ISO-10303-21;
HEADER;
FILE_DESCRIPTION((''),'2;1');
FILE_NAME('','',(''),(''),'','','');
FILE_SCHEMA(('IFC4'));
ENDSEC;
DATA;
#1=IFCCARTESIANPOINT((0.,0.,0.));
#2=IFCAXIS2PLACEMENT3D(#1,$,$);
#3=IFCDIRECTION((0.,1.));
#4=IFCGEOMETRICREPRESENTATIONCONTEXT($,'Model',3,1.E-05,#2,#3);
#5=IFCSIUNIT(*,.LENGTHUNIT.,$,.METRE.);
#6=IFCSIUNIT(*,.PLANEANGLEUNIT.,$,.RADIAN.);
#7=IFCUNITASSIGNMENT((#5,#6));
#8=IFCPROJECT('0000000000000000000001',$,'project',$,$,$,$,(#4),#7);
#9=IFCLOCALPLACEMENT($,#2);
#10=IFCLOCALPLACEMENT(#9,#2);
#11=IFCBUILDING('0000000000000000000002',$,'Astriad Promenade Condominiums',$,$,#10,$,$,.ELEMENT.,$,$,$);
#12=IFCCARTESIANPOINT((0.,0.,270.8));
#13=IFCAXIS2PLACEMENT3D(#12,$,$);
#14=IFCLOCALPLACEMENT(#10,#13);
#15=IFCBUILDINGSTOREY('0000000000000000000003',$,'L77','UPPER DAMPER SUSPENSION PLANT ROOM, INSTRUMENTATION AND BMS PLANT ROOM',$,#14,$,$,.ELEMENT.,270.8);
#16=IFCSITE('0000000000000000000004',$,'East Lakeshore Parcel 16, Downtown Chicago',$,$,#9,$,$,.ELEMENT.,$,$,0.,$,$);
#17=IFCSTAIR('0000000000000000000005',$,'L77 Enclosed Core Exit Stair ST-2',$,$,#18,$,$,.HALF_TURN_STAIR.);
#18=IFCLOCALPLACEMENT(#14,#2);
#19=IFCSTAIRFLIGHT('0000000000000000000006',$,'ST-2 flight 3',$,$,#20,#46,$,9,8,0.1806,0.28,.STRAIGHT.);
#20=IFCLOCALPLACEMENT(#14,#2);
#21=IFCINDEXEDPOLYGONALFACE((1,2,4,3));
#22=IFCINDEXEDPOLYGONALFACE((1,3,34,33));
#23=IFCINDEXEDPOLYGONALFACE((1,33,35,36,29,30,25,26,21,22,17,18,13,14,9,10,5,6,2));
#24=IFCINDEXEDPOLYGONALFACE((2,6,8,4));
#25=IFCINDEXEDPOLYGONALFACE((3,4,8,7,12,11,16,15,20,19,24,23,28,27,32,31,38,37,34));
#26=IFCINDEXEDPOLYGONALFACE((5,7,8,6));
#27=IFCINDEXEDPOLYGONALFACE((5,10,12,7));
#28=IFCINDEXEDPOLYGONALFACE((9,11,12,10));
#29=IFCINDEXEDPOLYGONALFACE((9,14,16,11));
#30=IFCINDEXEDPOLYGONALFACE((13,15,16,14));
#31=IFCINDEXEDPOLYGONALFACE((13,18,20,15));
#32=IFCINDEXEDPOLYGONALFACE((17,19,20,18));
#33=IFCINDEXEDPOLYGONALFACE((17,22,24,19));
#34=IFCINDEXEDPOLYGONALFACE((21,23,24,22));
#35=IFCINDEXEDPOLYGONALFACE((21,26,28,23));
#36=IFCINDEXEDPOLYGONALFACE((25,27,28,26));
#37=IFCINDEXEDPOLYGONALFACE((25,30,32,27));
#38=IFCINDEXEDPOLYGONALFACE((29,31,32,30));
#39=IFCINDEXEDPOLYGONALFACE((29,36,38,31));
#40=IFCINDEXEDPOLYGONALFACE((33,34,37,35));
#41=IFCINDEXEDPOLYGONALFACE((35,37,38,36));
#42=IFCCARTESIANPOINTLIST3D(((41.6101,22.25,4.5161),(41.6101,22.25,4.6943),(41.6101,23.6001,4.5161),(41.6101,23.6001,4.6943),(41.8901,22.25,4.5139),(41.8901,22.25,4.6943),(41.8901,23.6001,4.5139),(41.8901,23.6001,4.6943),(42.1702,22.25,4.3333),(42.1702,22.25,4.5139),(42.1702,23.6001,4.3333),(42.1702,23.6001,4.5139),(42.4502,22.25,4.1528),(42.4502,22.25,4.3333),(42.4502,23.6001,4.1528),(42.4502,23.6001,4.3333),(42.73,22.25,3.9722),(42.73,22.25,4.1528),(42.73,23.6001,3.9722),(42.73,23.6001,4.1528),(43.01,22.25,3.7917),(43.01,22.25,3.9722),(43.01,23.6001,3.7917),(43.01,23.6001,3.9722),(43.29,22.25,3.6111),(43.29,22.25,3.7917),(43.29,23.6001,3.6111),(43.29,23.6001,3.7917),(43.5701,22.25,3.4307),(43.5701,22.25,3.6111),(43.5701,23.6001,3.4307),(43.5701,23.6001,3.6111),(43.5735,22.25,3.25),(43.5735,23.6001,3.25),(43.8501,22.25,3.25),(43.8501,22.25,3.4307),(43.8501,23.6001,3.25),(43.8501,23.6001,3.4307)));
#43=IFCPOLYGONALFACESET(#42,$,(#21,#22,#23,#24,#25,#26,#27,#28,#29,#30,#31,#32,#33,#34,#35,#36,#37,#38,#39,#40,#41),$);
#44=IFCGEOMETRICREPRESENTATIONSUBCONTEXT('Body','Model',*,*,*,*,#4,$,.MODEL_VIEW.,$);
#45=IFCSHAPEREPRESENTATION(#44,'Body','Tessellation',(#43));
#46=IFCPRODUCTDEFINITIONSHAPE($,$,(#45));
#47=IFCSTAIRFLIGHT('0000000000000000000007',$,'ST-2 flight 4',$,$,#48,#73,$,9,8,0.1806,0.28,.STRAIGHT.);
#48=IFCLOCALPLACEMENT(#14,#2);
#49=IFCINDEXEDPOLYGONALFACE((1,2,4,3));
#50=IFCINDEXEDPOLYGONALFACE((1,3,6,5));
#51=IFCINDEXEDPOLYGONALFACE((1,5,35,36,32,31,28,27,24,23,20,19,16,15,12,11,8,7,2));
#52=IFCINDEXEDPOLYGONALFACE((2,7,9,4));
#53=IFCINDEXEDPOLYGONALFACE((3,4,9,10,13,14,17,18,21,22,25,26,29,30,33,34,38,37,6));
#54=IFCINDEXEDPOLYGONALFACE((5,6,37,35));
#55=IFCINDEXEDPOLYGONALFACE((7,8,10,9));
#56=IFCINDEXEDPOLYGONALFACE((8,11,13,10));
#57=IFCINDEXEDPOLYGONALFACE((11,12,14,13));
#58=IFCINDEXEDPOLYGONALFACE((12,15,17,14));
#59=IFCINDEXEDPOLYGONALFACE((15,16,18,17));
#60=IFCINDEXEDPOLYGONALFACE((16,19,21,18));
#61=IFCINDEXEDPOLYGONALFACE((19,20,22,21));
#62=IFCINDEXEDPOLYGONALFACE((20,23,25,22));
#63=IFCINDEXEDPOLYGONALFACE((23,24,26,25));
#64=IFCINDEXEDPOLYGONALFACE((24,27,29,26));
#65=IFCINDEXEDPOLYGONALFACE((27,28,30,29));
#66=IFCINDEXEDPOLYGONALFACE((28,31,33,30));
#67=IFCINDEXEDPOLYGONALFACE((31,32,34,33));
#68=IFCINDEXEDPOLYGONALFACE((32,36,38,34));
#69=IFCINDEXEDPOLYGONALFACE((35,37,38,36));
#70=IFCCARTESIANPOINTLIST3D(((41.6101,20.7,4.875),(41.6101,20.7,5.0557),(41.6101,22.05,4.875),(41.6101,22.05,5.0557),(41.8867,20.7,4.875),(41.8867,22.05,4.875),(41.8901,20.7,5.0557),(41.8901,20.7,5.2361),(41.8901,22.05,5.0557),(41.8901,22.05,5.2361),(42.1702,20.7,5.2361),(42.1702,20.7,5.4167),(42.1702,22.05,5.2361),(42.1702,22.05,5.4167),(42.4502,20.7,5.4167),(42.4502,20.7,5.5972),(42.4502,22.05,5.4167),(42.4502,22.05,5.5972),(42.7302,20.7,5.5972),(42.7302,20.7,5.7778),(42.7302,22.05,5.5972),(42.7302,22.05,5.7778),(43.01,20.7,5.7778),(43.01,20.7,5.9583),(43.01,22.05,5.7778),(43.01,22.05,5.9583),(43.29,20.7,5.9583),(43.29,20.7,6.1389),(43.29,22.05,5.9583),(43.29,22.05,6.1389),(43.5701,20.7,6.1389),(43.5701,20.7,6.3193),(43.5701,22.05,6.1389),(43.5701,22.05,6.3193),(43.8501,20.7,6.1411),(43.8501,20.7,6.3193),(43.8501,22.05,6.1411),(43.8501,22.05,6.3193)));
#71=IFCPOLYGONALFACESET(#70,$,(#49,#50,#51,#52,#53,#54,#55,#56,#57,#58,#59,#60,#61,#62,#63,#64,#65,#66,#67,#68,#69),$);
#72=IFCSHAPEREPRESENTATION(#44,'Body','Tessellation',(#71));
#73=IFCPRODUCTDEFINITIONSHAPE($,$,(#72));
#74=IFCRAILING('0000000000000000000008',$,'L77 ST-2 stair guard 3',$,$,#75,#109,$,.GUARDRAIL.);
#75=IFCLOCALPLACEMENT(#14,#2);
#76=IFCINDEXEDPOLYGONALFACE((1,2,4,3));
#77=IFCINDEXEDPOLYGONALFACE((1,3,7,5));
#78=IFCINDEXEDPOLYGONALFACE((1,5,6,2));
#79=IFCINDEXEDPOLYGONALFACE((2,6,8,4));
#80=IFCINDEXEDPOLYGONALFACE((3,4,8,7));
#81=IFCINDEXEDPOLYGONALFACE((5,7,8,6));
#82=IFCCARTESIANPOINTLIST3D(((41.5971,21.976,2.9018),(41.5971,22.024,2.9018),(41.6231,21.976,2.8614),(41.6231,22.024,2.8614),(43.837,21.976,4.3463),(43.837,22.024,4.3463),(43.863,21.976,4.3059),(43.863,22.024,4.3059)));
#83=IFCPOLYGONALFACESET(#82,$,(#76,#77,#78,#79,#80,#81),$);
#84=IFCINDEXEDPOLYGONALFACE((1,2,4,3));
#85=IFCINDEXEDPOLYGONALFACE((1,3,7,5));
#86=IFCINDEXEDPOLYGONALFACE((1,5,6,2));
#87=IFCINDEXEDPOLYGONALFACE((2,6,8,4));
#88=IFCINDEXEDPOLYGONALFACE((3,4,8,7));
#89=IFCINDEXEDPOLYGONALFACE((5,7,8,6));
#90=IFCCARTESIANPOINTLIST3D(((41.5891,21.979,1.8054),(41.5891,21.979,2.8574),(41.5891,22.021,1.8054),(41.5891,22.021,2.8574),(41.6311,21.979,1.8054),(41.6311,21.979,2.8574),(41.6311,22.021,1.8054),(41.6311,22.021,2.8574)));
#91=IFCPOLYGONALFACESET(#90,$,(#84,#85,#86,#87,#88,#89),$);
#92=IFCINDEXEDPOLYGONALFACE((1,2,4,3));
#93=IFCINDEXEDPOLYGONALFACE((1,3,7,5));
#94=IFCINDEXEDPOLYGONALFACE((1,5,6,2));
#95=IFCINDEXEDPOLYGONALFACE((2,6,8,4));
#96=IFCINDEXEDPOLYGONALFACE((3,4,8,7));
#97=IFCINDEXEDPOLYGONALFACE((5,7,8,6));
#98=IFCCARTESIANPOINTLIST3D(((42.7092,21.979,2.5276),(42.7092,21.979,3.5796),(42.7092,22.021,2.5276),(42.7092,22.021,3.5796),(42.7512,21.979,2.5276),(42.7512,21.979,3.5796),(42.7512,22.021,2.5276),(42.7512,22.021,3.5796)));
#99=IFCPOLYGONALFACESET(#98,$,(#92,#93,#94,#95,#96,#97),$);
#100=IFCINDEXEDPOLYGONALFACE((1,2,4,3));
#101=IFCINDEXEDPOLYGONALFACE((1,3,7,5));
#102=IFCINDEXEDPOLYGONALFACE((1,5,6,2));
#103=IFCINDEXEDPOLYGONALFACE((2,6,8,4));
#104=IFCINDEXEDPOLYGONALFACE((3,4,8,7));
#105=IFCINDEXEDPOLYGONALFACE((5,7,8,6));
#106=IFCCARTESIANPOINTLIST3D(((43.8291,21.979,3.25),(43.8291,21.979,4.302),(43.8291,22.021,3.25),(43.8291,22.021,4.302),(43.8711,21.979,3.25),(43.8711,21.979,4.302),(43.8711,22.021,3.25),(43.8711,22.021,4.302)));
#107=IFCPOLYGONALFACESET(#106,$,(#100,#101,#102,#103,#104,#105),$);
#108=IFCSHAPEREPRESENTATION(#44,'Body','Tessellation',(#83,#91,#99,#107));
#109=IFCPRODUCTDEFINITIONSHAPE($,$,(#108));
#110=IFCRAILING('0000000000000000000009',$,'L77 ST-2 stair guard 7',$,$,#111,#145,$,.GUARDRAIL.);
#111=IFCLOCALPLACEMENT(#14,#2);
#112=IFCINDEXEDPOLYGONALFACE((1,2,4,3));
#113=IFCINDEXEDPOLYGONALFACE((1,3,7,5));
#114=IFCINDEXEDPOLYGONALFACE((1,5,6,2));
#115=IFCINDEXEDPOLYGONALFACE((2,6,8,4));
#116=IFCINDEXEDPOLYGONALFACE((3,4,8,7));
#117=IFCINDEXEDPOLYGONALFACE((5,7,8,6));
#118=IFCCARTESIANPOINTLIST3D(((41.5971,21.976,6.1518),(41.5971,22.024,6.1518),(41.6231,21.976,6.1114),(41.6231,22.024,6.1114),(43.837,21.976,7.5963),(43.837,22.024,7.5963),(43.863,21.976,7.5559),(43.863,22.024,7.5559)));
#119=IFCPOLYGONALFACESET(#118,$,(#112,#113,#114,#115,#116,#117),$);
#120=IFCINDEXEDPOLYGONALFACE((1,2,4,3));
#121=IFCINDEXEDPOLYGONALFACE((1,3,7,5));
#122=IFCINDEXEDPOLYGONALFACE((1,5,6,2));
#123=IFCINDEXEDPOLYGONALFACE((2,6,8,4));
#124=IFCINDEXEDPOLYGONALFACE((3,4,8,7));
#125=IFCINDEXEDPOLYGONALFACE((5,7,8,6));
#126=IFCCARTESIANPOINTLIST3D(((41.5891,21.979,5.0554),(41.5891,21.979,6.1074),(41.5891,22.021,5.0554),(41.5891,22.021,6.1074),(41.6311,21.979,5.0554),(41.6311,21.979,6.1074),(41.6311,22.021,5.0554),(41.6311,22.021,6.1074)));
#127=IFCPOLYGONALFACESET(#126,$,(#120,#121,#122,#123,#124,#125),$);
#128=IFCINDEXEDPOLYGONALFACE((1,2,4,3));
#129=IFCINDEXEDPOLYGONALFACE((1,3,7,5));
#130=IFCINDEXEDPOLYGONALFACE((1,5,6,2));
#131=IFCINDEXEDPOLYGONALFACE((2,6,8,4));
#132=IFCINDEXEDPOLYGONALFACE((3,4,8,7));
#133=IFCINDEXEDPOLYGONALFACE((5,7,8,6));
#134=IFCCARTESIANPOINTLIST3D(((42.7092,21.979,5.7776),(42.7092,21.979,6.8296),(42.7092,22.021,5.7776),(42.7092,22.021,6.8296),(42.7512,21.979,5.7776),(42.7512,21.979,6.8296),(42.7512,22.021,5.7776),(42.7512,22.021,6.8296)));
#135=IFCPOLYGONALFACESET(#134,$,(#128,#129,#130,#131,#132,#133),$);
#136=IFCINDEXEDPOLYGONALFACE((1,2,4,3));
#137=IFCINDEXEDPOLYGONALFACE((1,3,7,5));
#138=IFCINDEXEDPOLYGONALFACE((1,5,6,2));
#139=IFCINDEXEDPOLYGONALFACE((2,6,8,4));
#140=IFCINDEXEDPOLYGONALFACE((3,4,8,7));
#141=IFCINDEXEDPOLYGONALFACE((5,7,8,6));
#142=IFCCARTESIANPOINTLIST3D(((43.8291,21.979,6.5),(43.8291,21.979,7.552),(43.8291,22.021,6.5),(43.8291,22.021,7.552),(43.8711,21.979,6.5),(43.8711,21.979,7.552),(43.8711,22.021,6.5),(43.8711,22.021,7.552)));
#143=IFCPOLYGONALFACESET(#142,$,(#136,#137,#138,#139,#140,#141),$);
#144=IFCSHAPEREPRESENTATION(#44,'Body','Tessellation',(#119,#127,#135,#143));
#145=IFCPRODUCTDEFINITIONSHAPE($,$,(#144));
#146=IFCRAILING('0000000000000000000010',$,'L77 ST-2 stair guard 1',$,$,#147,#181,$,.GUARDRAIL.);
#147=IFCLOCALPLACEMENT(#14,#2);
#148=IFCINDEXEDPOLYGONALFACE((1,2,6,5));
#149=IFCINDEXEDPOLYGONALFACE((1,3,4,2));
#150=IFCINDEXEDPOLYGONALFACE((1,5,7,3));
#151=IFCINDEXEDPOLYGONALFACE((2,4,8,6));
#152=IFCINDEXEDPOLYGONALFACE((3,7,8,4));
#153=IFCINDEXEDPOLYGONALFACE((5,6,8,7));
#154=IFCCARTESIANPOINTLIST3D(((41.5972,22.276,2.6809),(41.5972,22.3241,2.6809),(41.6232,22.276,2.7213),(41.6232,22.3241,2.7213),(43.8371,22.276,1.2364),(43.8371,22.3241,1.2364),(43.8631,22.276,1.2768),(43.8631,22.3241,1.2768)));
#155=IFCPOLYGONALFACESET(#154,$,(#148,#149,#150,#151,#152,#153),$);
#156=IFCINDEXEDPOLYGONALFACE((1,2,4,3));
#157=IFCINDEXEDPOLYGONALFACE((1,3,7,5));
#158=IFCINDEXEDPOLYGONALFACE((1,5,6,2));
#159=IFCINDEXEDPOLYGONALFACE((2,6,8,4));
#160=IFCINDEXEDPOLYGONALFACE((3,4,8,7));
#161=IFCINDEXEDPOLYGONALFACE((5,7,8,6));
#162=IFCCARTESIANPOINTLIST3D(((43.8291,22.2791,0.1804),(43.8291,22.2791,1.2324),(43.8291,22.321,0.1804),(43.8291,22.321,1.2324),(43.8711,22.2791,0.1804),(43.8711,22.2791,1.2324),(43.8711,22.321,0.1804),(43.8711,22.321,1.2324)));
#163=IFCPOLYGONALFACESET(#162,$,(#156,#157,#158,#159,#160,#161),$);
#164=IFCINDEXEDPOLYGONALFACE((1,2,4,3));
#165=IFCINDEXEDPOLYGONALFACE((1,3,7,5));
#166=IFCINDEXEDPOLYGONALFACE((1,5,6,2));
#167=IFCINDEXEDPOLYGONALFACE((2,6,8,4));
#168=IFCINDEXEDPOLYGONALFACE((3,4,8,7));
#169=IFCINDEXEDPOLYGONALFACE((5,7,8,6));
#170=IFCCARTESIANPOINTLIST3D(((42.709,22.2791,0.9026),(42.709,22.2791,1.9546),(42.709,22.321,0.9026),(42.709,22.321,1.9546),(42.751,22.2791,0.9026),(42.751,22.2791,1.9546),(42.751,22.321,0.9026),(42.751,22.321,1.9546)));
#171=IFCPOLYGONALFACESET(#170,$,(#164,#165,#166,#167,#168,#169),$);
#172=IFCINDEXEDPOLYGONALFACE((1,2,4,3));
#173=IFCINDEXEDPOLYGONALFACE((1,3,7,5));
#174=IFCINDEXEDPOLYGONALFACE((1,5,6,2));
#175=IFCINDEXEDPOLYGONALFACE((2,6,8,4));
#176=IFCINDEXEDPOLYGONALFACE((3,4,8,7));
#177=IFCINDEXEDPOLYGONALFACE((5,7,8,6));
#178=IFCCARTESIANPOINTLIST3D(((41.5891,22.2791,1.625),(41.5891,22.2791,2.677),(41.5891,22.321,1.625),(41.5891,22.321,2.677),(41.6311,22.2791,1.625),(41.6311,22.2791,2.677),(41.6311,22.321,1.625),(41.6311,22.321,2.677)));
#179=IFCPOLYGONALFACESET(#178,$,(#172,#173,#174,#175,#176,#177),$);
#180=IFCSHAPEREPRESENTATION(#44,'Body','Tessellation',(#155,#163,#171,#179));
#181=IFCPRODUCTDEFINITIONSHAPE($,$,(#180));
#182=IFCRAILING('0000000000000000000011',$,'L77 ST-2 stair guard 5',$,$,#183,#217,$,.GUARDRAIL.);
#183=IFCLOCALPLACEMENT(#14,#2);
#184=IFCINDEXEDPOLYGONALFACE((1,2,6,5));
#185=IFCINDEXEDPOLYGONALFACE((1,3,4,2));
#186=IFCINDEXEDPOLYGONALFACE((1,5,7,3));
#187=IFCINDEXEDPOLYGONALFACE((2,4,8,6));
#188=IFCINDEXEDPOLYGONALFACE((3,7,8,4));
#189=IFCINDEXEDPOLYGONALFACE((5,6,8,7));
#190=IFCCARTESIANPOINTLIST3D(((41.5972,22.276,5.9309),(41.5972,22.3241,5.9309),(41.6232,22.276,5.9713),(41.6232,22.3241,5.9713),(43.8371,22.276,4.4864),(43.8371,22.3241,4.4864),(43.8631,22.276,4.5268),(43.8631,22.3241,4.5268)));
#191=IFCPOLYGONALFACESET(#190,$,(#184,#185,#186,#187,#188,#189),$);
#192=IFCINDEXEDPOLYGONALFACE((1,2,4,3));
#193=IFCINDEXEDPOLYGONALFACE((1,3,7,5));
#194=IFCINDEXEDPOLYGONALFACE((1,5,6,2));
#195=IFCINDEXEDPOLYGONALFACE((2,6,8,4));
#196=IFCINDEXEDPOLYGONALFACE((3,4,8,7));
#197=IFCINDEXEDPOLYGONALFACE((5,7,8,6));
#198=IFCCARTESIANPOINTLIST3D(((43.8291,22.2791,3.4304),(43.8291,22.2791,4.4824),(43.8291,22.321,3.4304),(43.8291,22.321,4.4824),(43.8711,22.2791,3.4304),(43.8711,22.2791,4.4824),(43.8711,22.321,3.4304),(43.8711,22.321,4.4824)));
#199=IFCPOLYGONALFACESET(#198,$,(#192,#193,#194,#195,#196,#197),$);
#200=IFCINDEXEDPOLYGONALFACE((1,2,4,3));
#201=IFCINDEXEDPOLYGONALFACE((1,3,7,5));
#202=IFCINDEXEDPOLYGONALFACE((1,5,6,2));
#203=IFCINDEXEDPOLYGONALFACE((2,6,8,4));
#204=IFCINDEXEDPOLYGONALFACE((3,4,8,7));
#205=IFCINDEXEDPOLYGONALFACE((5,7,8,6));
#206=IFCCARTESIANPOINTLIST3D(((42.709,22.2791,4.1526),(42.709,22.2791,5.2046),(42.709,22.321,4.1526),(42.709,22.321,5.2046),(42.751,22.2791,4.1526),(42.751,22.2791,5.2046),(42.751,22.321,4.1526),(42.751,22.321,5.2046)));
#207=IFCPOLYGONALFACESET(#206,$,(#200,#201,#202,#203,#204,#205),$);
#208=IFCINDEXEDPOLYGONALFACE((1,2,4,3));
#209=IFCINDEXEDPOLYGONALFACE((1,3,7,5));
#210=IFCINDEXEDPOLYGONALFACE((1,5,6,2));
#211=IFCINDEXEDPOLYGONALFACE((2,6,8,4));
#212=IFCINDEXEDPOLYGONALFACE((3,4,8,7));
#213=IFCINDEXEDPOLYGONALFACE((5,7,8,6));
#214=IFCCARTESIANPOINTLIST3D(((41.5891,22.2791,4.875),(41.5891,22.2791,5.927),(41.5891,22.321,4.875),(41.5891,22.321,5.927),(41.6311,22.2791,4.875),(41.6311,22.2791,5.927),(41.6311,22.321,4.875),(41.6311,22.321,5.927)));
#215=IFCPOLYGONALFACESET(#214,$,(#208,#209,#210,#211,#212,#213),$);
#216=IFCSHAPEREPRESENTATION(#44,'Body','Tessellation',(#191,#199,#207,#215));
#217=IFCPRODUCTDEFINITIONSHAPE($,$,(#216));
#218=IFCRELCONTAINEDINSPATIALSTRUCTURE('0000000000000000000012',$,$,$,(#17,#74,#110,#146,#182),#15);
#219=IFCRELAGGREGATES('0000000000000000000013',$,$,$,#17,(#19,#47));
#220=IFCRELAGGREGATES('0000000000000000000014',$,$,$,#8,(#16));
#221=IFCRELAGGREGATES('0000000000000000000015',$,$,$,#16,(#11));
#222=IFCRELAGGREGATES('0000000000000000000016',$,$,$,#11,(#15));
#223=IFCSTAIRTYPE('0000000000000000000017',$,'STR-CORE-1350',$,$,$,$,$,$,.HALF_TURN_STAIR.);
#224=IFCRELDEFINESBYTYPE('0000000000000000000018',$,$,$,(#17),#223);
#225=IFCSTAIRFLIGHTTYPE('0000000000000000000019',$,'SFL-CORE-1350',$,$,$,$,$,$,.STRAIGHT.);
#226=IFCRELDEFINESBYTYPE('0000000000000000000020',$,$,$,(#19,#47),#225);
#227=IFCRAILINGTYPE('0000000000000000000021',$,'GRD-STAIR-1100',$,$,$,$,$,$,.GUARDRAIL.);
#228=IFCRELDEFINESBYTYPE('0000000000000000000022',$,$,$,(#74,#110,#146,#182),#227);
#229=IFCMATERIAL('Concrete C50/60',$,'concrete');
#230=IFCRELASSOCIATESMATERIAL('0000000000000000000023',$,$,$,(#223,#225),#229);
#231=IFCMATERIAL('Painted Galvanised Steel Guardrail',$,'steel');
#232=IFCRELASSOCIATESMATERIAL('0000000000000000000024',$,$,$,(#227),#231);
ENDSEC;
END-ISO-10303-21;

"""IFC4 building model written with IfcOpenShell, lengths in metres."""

from ifc_helpers import new_model, si_unit, direction, frame, origin, origin_2d, place, context, subcontext, project, spatial, polyline, rectangle, outline, extrude, source, transform, mapped, material, type_object, type_shapes, element, aggregate, save


model = new_model("IFC4")

# Units and contexts
model_context = context("Model", 3, precision=1e-05, world=origin(), true_north=direction((0.0, 1.0)))
body_context = subcontext(model_context, "Body", "Model", "MODEL_VIEW")
ifc_project = project(units=[si_unit("LENGTHUNIT", "METRE"), si_unit("PLANEANGLEUNIT", "RADIAN")], contexts=[model_context])

# Site, building, storey
site_placement = place(None, origin())
site = spatial("IfcSite", under=ifc_project, at=site_placement, Name="East Lakeshore Parcel 16, Downtown Chicago", CompositionType="ELEMENT", RefElevation=0.0)
building_placement = place(site_placement, origin())
building = spatial("IfcBuilding", under=site, at=building_placement, Name="Astriad Promenade Condominiums", CompositionType="ELEMENT")
storey_placement = place(building_placement, frame((0.0, 0.0, 270.8)))
storey = spatial("IfcBuildingStorey", under=building, at=storey_placement, Name="L77", Description="UPPER DAMPER SUSPENSION PLANT ROOM, INSTRUMENTATION AND BMS PLANT ROOM", CompositionType="ELEMENT", Elevation=270.8)

# Stair, stair flights
ifc_material_1 = material(Name="Concrete C50/60", Category="concrete")
stair_type = type_object("IfcStairType", Name="STR-CORE-1350", PredefinedType="HALF_TURN_STAIR", material=ifc_material_1)
stair_placement = place(storey_placement, origin())
stair = element("IfcStair", 1, at=stair_placement, inside=storey, type_object=stair_type, Name="L77 Enclosed Core Exit Stair ST-2", PredefinedType="HALF_TURN_STAIR")
stair_flight_type = type_object("IfcStairFlightType", Name="SFL-CORE-1350", PredefinedType="STRAIGHT", material=ifc_material_1)
shared_shape_1 = source(origin(), body_context, "Body", "SweptSolid", [
    extrude(outline(polyline([(0.0, 0.0), (0.0, 0.1807), (0.28, 0.1807), (0.28, 0.3611), (0.5601, 0.3611), (0.5601, 0.5417), (0.8401, 0.5417), (0.8401, 0.7222), (1.1201, 0.7222), (1.1201, 0.9028), (1.3999, 0.9028), (1.3999, 1.0833), (1.6799, 1.0833), (1.6799, 1.2639), (1.96, 1.2639), (1.96, 1.4443), (2.24, 1.4443), (2.24, 1.625), (2.24, 1.2661), (0.2766, 0.0), (0.0, 0.0)])), frame((0.0, 0.675, 0.0), z_axis=(0.0, -1.0, 0.0), x_axis=(1.0, 0.0, 0.0)), (0.0, 0.0, 1.0), 1.3501),
])
type_shapes(stair_flight_type, [shared_shape_1])
stair_flight_1_placement = place(storey_placement, frame((43.8501, 22.925, 3.25), z_axis=(0.0, 0.0, 1.0), x_axis=(-1.0, 0.0, 0.0)))
stair_flight_1 = element("IfcStairFlight", 2, at=stair_flight_1_placement, type_object=stair_flight_type, Name="ST-2 flight 3", NumberOfRisers=9, NumberOfTreads=8, PredefinedType="STRAIGHT", RiserHeight=0.1806, TreadLength=0.28, context=body_context, shape_type="MappedRepresentation", body=[
    mapped(shared_shape_1, transform((0.0, 0.0, 0.0), scale=1.0)),
])
stair_flight_2_placement = place(storey_placement, frame((41.6101, 21.375, 4.875), z_axis=(0.0, 0.0, 1.0), x_axis=(1.0, 0.0, 0.0)))
stair_flight_2 = element("IfcStairFlight", 3, at=stair_flight_2_placement, type_object=stair_flight_type, Name="ST-2 flight 4", NumberOfRisers=9, NumberOfTreads=8, PredefinedType="STRAIGHT", RiserHeight=0.1806, TreadLength=0.28, context=body_context, shape_type="MappedRepresentation", body=[
    mapped(shared_shape_1, transform((0.0, 0.0, 0.0), scale=1.0)),
])
aggregate(stair, [stair_flight_1, stair_flight_2])

# Railings
ifc_material_2 = material(Name="Painted Galvanised Steel Guardrail", Category="steel")
railing_type_1 = type_object("IfcRailingType", Name="GRD-STAIR-1100", PredefinedType="GUARDRAIL", material=ifc_material_2)
shared_shape_2 = source(origin(), body_context, "Body", "SweptSolid", [
    extrude(rectangle(XDim=0.0481, YDim=0.0481, at=origin_2d()), frame((0.0, 0.0, 1.0762), z_axis=(0.840395, 0.0, 0.541975), x_axis=(0.0, 1.0, 0.0)), (0.0, 0.0, 1.0), 2.6653),
    extrude(rectangle(XDim=0.042, YDim=0.042, at=origin_2d()), origin(), (0.0, 0.0, 1.0), 1.052),
    extrude(rectangle(XDim=0.042, YDim=0.042, at=origin_2d()), frame((1.1201, 0.0, 0.7222)), (0.0, 0.0, 1.0), 1.052),
    extrude(rectangle(XDim=0.042, YDim=0.042, at=origin_2d()), frame((2.24, 0.0, 1.4446)), (0.0, 0.0, 1.0), 1.052),
])
for number, where, name in (
    (4, (41.6101, 22.0, 1.8054), "L77 ST-2 stair guard 3"),
    (5, (41.6101, 22.0, 5.0554), "L77 ST-2 stair guard 7"),
):
    element("IfcRailing", number, at=place(storey_placement, frame(where)), inside=storey, type_object=railing_type_1, Name=name, PredefinedType="GUARDRAIL", context=body_context, shape_type="MappedRepresentation", body=[
        mapped(shared_shape_2, transform((0.0, 0.0, 0.0), scale=1.0)),
    ])
shared_shape_3 = source(origin(), body_context, "Body", "SweptSolid", [
    extrude(rectangle(XDim=0.0481, YDim=0.0481, at=origin_2d()), frame((0.0, 0.0, 1.0762), z_axis=(-0.840395, 0.0, 0.541975), x_axis=(0.0, -1.0, 0.0)), (0.0, 0.0, 1.0), 2.6653),
    extrude(rectangle(XDim=0.042, YDim=0.042, at=origin_2d()), origin(), (0.0, 0.0, 1.0), 1.052),
    extrude(rectangle(XDim=0.042, YDim=0.042, at=origin_2d()), frame((-1.1201, 0.0, 0.7222)), (0.0, 0.0, 1.0), 1.052),
    extrude(rectangle(XDim=0.042, YDim=0.042, at=origin_2d()), frame((-2.24, 0.0, 1.4446)), (0.0, 0.0, 1.0), 1.052),
])
for number, where, name in (
    (6, (43.8501, 22.3, 0.1804), "L77 ST-2 stair guard 1"),
    (7, (43.8501, 22.3, 3.4304), "L77 ST-2 stair guard 5"),
):
    element("IfcRailing", number, at=place(storey_placement, frame(where)), inside=storey, type_object=railing_type_1, Name=name, PredefinedType="GUARDRAIL", context=body_context, shape_type="MappedRepresentation", body=[
        mapped(shared_shape_3, transform((0.0, 0.0, 0.0), scale=1.0)),
    ])

save(model, "model.ifc")
